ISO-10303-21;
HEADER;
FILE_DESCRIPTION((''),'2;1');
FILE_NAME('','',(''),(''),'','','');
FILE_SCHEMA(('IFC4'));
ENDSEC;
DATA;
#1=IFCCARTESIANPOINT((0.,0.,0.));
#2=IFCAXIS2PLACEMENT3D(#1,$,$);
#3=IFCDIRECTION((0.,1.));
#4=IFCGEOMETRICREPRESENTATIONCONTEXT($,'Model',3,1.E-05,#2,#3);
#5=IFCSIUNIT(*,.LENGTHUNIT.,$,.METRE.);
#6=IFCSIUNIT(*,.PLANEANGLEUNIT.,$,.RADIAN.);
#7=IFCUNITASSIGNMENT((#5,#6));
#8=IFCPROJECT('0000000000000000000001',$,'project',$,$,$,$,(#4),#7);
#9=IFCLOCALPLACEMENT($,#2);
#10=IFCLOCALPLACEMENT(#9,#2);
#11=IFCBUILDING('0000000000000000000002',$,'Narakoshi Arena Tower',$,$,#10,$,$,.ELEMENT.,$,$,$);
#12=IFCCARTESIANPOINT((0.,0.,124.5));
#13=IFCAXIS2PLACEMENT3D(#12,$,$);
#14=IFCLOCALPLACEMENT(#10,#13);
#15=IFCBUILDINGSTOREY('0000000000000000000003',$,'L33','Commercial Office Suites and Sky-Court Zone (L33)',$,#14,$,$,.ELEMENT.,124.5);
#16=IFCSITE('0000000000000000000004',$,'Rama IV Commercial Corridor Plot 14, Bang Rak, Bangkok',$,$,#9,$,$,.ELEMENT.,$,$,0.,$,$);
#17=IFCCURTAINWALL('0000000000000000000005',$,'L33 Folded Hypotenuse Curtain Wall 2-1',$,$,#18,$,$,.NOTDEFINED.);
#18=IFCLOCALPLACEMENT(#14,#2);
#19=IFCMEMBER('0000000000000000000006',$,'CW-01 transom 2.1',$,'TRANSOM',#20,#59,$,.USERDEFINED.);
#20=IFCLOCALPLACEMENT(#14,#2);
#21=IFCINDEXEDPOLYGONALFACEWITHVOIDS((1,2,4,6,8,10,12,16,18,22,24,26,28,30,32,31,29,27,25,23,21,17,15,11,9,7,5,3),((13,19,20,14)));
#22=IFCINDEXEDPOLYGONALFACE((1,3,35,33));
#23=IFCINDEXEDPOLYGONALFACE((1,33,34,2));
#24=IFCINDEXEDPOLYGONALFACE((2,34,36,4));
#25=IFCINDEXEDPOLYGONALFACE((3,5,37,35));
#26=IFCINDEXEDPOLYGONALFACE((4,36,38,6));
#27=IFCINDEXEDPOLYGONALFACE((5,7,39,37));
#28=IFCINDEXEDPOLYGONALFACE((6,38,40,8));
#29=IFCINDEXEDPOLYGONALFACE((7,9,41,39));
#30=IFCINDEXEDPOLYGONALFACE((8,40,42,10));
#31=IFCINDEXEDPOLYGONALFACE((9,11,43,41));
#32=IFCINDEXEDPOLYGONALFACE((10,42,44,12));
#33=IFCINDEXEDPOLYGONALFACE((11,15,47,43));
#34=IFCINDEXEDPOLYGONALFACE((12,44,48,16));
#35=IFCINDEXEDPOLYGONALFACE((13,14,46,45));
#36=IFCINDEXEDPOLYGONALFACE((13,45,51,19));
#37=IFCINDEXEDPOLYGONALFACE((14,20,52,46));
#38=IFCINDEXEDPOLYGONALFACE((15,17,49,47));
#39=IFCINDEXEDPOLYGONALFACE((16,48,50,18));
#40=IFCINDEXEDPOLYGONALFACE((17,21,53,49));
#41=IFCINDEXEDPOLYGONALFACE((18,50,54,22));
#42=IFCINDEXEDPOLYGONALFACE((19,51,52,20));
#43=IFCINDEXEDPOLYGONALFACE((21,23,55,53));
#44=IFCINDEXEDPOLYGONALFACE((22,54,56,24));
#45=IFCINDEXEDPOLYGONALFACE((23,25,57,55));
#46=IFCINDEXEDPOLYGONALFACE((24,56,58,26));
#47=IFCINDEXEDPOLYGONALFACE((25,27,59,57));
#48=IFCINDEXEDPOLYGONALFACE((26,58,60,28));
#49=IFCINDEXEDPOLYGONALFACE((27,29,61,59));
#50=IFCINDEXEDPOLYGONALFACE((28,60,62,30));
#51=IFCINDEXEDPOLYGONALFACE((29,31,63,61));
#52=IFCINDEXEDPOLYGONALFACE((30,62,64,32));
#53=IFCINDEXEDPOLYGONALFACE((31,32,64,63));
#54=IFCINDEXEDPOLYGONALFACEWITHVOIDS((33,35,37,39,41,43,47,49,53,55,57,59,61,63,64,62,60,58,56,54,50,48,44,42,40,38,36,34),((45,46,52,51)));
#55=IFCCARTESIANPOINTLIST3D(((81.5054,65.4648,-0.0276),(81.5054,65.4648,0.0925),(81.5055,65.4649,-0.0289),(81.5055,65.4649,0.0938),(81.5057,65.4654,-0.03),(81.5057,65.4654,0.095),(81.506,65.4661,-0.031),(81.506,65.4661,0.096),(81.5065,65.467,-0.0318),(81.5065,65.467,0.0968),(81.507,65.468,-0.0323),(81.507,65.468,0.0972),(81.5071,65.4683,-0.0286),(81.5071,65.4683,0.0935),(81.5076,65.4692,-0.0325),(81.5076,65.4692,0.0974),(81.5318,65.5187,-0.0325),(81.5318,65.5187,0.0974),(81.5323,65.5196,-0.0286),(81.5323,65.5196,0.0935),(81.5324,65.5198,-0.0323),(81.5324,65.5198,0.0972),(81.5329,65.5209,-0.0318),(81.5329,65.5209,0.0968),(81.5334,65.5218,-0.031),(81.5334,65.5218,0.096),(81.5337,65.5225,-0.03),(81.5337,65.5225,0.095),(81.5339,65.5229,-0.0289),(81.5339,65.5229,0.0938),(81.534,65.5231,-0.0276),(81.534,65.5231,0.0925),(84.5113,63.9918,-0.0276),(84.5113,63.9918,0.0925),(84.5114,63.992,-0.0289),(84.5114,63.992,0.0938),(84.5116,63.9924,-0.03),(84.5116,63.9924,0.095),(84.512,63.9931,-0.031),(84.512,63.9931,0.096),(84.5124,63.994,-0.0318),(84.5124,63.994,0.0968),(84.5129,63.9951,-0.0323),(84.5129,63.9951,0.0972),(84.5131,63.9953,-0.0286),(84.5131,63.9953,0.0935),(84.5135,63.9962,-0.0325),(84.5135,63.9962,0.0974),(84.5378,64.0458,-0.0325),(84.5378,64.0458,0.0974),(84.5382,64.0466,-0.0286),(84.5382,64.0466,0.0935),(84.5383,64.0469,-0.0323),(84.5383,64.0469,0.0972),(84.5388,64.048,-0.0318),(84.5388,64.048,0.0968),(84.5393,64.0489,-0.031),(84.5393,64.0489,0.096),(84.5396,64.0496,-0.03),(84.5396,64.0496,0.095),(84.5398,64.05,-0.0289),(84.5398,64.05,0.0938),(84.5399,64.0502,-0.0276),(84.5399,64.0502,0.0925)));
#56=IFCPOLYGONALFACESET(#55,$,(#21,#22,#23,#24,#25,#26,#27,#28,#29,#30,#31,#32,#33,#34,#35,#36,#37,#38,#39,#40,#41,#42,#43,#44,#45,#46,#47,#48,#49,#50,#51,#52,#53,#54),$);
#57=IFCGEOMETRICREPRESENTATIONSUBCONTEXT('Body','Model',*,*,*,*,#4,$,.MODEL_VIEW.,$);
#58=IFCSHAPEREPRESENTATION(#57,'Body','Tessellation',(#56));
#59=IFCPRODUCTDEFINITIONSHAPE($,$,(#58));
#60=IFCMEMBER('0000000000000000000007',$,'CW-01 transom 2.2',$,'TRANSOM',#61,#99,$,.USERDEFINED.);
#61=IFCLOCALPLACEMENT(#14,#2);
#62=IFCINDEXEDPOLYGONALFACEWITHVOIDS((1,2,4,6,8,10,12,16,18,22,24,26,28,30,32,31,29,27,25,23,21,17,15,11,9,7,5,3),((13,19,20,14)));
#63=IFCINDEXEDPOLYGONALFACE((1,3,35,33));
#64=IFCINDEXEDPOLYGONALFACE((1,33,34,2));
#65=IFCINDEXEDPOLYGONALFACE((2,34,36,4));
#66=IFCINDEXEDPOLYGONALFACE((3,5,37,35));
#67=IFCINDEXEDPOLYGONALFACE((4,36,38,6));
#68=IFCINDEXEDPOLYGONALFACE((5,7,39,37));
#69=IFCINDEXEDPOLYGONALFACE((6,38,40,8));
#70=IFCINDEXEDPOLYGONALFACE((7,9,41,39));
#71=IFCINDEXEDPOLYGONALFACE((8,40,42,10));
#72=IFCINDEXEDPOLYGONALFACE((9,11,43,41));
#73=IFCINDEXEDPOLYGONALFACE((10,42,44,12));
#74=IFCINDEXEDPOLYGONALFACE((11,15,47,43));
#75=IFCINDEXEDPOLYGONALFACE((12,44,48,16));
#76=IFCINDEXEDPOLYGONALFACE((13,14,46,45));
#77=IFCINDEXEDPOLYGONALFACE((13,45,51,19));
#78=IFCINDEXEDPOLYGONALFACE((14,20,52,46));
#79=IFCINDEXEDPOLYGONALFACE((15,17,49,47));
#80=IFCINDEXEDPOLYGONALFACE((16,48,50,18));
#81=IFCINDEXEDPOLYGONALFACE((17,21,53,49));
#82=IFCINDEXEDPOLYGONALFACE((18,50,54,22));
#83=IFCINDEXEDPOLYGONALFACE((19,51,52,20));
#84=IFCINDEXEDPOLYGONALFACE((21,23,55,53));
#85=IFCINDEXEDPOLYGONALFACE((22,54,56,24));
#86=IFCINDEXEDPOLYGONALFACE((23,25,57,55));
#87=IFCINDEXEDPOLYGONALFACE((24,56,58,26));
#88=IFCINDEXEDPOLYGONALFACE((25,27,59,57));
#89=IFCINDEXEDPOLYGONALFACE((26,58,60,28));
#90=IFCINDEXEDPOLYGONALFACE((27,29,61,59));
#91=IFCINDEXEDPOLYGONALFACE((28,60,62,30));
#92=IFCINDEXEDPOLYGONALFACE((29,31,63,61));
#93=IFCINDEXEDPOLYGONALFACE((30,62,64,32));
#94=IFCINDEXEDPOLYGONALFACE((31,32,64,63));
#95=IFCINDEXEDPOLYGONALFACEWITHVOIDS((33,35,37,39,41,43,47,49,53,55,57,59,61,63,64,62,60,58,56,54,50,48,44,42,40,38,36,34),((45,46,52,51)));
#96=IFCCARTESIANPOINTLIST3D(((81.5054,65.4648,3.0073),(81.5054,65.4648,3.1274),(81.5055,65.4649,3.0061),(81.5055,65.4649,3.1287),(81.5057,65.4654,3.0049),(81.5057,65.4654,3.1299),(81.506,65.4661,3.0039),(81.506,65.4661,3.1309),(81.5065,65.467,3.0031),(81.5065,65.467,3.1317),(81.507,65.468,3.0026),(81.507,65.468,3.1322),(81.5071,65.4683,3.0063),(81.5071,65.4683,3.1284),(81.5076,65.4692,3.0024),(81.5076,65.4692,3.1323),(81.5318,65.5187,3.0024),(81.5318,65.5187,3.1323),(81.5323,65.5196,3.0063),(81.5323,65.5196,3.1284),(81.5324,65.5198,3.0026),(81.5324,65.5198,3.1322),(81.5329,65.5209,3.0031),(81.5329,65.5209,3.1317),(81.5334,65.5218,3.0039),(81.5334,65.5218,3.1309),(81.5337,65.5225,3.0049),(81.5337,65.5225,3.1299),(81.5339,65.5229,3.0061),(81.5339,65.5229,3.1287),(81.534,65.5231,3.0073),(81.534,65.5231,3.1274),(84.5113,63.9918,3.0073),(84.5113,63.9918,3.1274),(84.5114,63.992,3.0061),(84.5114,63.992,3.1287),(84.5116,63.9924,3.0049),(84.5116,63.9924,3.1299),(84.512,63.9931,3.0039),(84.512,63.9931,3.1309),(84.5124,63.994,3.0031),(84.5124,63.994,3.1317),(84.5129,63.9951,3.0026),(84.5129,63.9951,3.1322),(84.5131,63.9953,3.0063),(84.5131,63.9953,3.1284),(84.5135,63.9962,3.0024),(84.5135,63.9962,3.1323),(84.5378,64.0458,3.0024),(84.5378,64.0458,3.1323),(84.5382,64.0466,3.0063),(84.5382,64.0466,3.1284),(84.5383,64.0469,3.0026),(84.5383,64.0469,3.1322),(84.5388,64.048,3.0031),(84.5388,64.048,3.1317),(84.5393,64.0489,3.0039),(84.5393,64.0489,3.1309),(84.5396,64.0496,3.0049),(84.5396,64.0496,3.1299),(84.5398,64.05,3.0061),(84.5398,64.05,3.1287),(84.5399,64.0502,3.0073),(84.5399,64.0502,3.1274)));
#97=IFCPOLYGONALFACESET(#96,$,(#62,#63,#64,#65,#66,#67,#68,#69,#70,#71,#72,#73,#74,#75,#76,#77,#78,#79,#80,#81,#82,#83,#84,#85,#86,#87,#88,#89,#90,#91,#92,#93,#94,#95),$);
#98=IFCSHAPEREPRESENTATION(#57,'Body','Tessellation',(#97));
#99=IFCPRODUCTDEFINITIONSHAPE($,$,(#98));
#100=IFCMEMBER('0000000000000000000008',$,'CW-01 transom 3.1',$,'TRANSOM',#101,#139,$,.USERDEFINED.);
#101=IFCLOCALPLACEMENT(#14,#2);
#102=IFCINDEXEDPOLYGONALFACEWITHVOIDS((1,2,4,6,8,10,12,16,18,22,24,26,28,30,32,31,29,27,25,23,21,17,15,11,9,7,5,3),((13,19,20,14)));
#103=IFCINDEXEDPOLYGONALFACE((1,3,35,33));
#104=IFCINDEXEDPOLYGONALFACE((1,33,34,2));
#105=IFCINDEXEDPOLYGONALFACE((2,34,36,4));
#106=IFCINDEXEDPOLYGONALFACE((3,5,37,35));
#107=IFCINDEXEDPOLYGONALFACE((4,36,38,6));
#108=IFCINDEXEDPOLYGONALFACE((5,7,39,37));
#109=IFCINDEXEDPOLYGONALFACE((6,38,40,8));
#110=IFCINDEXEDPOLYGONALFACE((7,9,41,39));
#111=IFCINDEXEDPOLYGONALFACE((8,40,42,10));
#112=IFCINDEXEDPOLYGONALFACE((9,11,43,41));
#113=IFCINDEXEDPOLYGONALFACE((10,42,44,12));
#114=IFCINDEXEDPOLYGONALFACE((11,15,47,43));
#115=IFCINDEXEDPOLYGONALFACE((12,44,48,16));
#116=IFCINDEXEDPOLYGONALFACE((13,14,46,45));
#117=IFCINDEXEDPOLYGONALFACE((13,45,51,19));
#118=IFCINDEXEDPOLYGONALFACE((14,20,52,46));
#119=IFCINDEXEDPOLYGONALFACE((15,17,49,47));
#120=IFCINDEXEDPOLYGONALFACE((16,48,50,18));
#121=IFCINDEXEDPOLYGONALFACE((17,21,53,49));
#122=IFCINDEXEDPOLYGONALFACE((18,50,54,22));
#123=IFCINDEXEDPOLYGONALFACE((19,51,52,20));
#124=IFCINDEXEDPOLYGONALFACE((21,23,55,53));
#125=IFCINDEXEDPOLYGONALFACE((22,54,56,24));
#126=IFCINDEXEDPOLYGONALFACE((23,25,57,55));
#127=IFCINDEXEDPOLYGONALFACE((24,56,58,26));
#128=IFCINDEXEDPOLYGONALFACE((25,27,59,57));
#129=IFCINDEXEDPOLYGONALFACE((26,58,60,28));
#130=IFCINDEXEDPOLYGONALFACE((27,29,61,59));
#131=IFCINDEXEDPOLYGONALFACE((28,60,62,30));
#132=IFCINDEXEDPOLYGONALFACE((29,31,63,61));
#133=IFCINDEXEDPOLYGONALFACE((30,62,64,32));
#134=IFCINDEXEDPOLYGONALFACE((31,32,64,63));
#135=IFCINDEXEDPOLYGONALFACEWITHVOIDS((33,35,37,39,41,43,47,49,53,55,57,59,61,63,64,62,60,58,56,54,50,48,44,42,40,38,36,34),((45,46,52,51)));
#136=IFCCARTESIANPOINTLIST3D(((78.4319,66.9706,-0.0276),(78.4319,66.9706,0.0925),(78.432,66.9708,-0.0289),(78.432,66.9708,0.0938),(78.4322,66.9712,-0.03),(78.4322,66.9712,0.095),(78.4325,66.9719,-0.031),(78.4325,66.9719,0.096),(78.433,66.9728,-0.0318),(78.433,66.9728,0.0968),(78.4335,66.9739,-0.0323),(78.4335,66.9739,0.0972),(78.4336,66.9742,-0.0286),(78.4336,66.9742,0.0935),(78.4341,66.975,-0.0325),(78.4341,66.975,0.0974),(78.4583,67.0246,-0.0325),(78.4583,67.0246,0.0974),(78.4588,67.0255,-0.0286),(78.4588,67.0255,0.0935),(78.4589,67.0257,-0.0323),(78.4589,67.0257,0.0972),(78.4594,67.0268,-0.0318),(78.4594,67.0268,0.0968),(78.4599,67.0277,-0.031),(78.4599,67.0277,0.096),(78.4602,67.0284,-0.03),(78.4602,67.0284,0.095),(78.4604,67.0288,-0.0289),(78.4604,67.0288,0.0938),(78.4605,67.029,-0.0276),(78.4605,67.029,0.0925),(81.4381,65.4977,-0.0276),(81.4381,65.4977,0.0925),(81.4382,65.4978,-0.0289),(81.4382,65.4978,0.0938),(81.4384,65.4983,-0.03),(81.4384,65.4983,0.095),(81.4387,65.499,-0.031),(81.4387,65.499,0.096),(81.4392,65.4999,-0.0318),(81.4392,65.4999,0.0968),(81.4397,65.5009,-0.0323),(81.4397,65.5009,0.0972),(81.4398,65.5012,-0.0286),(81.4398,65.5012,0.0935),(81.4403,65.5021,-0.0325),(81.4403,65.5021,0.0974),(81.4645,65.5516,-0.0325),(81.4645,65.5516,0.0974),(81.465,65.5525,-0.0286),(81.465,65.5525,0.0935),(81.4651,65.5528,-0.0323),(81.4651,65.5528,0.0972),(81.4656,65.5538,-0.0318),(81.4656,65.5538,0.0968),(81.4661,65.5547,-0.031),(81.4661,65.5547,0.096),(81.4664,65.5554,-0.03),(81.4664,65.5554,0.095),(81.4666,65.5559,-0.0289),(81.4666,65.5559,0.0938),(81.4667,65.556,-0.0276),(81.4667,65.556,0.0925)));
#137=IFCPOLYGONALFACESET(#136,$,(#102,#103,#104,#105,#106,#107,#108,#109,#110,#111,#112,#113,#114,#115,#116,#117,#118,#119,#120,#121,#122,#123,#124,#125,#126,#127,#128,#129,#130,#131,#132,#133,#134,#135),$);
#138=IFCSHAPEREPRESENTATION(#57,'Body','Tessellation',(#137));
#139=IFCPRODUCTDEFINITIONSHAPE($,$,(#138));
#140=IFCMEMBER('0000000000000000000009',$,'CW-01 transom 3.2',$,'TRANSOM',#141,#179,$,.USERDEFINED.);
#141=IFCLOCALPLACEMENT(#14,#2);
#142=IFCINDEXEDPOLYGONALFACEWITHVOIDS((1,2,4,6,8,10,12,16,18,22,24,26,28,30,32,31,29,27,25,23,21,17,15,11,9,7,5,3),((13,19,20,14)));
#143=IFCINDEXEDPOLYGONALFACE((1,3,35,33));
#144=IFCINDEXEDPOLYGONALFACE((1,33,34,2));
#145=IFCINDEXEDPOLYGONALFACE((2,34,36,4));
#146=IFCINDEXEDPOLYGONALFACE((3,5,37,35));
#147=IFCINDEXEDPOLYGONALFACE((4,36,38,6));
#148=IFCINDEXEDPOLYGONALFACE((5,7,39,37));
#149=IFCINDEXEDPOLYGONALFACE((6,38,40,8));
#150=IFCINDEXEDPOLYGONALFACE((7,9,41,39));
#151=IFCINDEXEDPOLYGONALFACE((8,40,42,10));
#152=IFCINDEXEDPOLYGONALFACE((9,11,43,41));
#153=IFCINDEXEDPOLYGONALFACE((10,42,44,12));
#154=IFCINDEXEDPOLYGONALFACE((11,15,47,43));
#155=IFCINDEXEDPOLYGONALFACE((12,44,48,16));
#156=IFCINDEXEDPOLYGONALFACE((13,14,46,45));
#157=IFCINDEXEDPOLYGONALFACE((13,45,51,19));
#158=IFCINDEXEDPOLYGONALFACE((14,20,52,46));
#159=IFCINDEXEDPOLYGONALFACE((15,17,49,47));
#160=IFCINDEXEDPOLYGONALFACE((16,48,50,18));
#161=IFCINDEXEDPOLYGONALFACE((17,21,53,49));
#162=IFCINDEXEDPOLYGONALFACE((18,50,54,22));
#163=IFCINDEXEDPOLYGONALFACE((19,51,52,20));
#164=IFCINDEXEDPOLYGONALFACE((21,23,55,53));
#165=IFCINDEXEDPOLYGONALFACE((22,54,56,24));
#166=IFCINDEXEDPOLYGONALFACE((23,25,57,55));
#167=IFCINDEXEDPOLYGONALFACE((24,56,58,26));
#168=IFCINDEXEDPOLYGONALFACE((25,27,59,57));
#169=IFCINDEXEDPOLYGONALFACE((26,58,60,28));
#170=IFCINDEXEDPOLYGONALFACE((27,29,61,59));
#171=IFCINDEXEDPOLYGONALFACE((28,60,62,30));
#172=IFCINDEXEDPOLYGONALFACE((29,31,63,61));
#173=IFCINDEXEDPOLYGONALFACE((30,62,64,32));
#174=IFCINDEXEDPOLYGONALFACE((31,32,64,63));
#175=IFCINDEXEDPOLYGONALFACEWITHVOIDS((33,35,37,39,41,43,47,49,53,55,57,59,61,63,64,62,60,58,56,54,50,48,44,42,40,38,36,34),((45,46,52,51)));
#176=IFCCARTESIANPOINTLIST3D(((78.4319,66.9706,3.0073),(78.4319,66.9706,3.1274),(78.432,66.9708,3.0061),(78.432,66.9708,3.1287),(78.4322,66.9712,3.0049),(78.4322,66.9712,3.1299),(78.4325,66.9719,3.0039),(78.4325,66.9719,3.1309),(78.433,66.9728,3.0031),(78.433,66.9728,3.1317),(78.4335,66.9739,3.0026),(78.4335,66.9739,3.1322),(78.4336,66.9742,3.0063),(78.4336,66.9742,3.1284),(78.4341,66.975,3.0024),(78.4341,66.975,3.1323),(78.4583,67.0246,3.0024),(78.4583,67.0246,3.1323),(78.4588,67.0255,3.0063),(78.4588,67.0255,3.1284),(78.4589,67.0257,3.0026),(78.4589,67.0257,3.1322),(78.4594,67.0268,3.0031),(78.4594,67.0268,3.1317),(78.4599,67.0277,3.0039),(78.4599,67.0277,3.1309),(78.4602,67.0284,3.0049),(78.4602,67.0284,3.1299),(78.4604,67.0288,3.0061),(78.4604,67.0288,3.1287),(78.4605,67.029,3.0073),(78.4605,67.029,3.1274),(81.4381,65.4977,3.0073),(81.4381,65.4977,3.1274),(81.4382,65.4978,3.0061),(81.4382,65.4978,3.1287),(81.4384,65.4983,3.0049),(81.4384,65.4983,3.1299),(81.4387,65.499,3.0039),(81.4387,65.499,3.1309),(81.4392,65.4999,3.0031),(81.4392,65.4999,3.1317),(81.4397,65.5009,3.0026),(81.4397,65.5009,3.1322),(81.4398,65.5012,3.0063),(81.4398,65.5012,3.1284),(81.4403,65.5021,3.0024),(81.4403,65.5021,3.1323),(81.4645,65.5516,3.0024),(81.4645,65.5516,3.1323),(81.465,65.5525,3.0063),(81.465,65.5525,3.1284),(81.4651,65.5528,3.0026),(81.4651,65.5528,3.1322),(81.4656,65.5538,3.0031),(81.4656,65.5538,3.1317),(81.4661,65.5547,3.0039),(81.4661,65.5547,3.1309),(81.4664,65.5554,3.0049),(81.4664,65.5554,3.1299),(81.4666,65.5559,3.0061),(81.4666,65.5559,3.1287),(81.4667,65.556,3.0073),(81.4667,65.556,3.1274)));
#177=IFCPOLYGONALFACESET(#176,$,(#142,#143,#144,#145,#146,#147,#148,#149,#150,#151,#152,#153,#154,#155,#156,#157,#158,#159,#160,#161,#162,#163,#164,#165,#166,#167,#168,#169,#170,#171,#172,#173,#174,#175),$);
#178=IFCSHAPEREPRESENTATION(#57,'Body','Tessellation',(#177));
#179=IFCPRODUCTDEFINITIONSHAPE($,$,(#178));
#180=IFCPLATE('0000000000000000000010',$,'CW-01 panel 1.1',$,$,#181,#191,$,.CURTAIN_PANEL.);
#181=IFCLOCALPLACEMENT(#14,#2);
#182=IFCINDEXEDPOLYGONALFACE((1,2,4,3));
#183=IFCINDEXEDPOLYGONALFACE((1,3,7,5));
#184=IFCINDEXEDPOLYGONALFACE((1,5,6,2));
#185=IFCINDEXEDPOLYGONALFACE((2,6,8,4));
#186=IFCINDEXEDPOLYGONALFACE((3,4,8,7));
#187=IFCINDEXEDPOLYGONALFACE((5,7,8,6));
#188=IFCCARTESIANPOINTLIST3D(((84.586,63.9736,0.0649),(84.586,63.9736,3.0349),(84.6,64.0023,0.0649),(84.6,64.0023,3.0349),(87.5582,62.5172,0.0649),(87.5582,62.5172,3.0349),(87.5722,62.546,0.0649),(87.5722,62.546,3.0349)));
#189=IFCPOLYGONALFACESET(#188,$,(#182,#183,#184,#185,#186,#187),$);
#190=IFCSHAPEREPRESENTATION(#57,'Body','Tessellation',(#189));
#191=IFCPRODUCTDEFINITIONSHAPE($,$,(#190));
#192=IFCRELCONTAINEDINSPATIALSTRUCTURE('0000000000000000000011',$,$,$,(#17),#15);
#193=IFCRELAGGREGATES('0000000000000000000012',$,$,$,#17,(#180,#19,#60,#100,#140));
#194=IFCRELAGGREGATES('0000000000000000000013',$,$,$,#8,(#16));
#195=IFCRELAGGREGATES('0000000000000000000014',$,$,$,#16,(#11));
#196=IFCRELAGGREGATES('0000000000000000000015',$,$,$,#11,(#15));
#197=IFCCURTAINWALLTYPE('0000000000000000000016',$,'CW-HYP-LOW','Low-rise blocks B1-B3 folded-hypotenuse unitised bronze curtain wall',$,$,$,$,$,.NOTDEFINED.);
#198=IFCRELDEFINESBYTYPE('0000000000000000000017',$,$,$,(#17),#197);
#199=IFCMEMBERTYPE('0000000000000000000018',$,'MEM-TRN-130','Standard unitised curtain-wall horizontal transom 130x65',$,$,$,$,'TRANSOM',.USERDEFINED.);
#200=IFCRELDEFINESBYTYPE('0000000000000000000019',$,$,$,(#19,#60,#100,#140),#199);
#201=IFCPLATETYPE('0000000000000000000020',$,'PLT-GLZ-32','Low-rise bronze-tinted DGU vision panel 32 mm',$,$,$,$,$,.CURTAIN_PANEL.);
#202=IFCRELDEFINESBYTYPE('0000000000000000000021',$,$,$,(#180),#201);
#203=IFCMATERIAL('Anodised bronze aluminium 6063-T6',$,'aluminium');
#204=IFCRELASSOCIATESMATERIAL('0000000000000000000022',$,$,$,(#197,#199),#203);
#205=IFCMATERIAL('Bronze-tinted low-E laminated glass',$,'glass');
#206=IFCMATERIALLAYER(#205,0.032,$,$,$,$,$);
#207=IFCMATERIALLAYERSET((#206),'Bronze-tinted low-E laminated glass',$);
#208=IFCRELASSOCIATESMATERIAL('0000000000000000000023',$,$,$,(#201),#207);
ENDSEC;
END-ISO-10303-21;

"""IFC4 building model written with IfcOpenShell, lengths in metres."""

from ifc_helpers import new_model, si_unit, direction, frame, origin, origin_2d, place, context, subcontext, project, spatial, rectangle, hollow_rectangle, extrude, material, layer, layer_set, material_profile, profile_set, type_object, element, aggregate, save


model = new_model("IFC4")

# Units and contexts
model_context = context("Model", 3, precision=1e-05, world=origin(), true_north=direction((0.0, 1.0)))
body_context = subcontext(model_context, "Body", "Model", "MODEL_VIEW")
ifc_project = project(units=[si_unit("LENGTHUNIT", "METRE"), si_unit("PLANEANGLEUNIT", "RADIAN")], contexts=[model_context])

# Site, building, storey
site_placement = place(None, origin())
site = spatial("IfcSite", under=ifc_project, at=site_placement, Name="Rama IV Commercial Corridor Plot 14, Bang Rak, Bangkok", CompositionType="ELEMENT", RefElevation=0.0)
building_placement = place(site_placement, origin())
building = spatial("IfcBuilding", under=site, at=building_placement, Name="Narakoshi Arena Tower", CompositionType="ELEMENT")
storey_placement = place(building_placement, frame((0.0, 0.0, 124.5)))
storey = spatial("IfcBuildingStorey", under=building, at=storey_placement, Name="L33", Description="Commercial Office Suites and Sky-Court Zone (L33)", CompositionType="ELEMENT", Elevation=124.5)

# Curtain wall, members, plate
ifc_material_1 = material(Name="Anodised bronze aluminium 6063-T6", Category="aluminium")
curtain_wall_type = type_object("IfcCurtainWallType", Name="CW-HYP-LOW", Description="Low-rise blocks B1-B3 folded-hypotenuse unitised bronze curtain wall", PredefinedType="NOTDEFINED", material=ifc_material_1)
curtain_wall_placement = place(storey_placement, origin())
curtain_wall = element("IfcCurtainWall", 1, at=curtain_wall_placement, inside=storey, type_object=curtain_wall_type, Name="L33 Folded Hypotenuse Curtain Wall 2-1", PredefinedType="NOTDEFINED")
ifc_material_profile_1 = material_profile(ifc_material_1, hollow_rectangle(XDim=0.0649, YDim=0.1299, WallThickness=0.0039, OuterFilletRadius=0.0049, at=origin_2d()), Name="TRN130x65x4")
ifc_profile_set_1 = profile_set([ifc_material_profile_1], Name="Anodised bronze aluminium 6063-T6")
member_type_1 = type_object("IfcMemberType", Name="MEM-TRN-130", Description="Standard unitised curtain-wall horizontal transom 130x65", ElementType="TRANSOM", PredefinedType="USERDEFINED", material=ifc_profile_set_1)
member_1_placement = place(storey_placement, frame((84.5256, 64.021, 0.0325), z_axis=(-0.897987, 0.440022, 0.0), x_axis=(-0.440022, -0.897987, 0.0)))
member_1 = element("IfcMember", 2, at=member_1_placement, type_object=member_type_1, Name="CW-01 transom 2.1", ObjectType="TRANSOM", PredefinedType="USERDEFINED", context=body_context, shape_type="SweptSolid", body=[
    extrude(hollow_rectangle(XDim=0.0649, YDim=0.1299, WallThickness=0.0039, OuterFilletRadius=0.0049, at=origin_2d()), origin(), (0.0, 0.0, 1.0), 3.3474),
])
member_2_placement = place(storey_placement, frame((84.5256, 64.021, 3.0674), z_axis=(-0.897987, 0.440022, 0.0), x_axis=(-0.440022, -0.897987, 0.0)))
member_2 = element("IfcMember", 3, at=member_2_placement, type_object=member_type_1, Name="CW-01 transom 2.2", ObjectType="TRANSOM", PredefinedType="USERDEFINED", context=body_context, shape_type="SweptSolid", body=[
    extrude(hollow_rectangle(XDim=0.0649, YDim=0.1299, WallThickness=0.0039, OuterFilletRadius=0.0049, at=origin_2d()), origin(), (0.0, 0.0, 1.0), 3.3474),
])
member_3_placement = place(storey_placement, frame((81.4524, 65.5269, 0.0325), z_axis=(-0.898001, 0.439993, 0.0), x_axis=(-0.439993, -0.898001, 0.0)))
member_3 = element("IfcMember", 4, at=member_3_placement, type_object=member_type_1, Name="CW-01 transom 3.1", ObjectType="TRANSOM", PredefinedType="USERDEFINED", context=body_context, shape_type="SweptSolid", body=[
    extrude(hollow_rectangle(XDim=0.0649, YDim=0.1299, WallThickness=0.0039, OuterFilletRadius=0.0049, at=origin_2d()), origin(), (0.0, 0.0, 1.0), 3.3477),
])
member_4_placement = place(storey_placement, frame((81.4524, 65.5269, 3.0674), z_axis=(-0.898001, 0.439993, 0.0), x_axis=(-0.439993, -0.898001, 0.0)))
member_4 = element("IfcMember", 5, at=member_4_placement, type_object=member_type_1, Name="CW-01 transom 3.2", ObjectType="TRANSOM", PredefinedType="USERDEFINED", context=body_context, shape_type="SweptSolid", body=[
    extrude(hollow_rectangle(XDim=0.0649, YDim=0.1299, WallThickness=0.0039, OuterFilletRadius=0.0049, at=origin_2d()), origin(), (0.0, 0.0, 1.0), 3.3477),
])
ifc_material_2 = material(Name="Bronze-tinted low-E laminated glass", Category="glass")
ifc_layer_1 = layer(ifc_material_2, 0.032)
ifc_layer_set_1 = layer_set([ifc_layer_1], Name="Bronze-tinted low-E laminated glass")
plate_type = type_object("IfcPlateType", Name="PLT-GLZ-32", Description="Low-rise bronze-tinted DGU vision panel 32 mm", PredefinedType="CURTAIN_PANEL", material=ifc_layer_set_1)
plate_1_placement = place(storey_placement, frame((86.0791, 63.2598, 0.0649), z_axis=(0.0, 0.0, 1.0), x_axis=(-0.897996, 0.440005, 0.0)))
plate_1 = element("IfcPlate", 6, at=plate_1_placement, type_object=plate_type, Name="CW-01 panel 1.1", PredefinedType="CURTAIN_PANEL", context=body_context, shape_type="SweptSolid", body=[
    extrude(rectangle(XDim=3.3098, YDim=0.032, at=origin_2d()), origin(), (0.0, 0.0, 1.0), 2.97),
])
aggregate(curtain_wall, [plate_1, member_1, member_2, member_3, member_4])

save(model, "model.ifc")
